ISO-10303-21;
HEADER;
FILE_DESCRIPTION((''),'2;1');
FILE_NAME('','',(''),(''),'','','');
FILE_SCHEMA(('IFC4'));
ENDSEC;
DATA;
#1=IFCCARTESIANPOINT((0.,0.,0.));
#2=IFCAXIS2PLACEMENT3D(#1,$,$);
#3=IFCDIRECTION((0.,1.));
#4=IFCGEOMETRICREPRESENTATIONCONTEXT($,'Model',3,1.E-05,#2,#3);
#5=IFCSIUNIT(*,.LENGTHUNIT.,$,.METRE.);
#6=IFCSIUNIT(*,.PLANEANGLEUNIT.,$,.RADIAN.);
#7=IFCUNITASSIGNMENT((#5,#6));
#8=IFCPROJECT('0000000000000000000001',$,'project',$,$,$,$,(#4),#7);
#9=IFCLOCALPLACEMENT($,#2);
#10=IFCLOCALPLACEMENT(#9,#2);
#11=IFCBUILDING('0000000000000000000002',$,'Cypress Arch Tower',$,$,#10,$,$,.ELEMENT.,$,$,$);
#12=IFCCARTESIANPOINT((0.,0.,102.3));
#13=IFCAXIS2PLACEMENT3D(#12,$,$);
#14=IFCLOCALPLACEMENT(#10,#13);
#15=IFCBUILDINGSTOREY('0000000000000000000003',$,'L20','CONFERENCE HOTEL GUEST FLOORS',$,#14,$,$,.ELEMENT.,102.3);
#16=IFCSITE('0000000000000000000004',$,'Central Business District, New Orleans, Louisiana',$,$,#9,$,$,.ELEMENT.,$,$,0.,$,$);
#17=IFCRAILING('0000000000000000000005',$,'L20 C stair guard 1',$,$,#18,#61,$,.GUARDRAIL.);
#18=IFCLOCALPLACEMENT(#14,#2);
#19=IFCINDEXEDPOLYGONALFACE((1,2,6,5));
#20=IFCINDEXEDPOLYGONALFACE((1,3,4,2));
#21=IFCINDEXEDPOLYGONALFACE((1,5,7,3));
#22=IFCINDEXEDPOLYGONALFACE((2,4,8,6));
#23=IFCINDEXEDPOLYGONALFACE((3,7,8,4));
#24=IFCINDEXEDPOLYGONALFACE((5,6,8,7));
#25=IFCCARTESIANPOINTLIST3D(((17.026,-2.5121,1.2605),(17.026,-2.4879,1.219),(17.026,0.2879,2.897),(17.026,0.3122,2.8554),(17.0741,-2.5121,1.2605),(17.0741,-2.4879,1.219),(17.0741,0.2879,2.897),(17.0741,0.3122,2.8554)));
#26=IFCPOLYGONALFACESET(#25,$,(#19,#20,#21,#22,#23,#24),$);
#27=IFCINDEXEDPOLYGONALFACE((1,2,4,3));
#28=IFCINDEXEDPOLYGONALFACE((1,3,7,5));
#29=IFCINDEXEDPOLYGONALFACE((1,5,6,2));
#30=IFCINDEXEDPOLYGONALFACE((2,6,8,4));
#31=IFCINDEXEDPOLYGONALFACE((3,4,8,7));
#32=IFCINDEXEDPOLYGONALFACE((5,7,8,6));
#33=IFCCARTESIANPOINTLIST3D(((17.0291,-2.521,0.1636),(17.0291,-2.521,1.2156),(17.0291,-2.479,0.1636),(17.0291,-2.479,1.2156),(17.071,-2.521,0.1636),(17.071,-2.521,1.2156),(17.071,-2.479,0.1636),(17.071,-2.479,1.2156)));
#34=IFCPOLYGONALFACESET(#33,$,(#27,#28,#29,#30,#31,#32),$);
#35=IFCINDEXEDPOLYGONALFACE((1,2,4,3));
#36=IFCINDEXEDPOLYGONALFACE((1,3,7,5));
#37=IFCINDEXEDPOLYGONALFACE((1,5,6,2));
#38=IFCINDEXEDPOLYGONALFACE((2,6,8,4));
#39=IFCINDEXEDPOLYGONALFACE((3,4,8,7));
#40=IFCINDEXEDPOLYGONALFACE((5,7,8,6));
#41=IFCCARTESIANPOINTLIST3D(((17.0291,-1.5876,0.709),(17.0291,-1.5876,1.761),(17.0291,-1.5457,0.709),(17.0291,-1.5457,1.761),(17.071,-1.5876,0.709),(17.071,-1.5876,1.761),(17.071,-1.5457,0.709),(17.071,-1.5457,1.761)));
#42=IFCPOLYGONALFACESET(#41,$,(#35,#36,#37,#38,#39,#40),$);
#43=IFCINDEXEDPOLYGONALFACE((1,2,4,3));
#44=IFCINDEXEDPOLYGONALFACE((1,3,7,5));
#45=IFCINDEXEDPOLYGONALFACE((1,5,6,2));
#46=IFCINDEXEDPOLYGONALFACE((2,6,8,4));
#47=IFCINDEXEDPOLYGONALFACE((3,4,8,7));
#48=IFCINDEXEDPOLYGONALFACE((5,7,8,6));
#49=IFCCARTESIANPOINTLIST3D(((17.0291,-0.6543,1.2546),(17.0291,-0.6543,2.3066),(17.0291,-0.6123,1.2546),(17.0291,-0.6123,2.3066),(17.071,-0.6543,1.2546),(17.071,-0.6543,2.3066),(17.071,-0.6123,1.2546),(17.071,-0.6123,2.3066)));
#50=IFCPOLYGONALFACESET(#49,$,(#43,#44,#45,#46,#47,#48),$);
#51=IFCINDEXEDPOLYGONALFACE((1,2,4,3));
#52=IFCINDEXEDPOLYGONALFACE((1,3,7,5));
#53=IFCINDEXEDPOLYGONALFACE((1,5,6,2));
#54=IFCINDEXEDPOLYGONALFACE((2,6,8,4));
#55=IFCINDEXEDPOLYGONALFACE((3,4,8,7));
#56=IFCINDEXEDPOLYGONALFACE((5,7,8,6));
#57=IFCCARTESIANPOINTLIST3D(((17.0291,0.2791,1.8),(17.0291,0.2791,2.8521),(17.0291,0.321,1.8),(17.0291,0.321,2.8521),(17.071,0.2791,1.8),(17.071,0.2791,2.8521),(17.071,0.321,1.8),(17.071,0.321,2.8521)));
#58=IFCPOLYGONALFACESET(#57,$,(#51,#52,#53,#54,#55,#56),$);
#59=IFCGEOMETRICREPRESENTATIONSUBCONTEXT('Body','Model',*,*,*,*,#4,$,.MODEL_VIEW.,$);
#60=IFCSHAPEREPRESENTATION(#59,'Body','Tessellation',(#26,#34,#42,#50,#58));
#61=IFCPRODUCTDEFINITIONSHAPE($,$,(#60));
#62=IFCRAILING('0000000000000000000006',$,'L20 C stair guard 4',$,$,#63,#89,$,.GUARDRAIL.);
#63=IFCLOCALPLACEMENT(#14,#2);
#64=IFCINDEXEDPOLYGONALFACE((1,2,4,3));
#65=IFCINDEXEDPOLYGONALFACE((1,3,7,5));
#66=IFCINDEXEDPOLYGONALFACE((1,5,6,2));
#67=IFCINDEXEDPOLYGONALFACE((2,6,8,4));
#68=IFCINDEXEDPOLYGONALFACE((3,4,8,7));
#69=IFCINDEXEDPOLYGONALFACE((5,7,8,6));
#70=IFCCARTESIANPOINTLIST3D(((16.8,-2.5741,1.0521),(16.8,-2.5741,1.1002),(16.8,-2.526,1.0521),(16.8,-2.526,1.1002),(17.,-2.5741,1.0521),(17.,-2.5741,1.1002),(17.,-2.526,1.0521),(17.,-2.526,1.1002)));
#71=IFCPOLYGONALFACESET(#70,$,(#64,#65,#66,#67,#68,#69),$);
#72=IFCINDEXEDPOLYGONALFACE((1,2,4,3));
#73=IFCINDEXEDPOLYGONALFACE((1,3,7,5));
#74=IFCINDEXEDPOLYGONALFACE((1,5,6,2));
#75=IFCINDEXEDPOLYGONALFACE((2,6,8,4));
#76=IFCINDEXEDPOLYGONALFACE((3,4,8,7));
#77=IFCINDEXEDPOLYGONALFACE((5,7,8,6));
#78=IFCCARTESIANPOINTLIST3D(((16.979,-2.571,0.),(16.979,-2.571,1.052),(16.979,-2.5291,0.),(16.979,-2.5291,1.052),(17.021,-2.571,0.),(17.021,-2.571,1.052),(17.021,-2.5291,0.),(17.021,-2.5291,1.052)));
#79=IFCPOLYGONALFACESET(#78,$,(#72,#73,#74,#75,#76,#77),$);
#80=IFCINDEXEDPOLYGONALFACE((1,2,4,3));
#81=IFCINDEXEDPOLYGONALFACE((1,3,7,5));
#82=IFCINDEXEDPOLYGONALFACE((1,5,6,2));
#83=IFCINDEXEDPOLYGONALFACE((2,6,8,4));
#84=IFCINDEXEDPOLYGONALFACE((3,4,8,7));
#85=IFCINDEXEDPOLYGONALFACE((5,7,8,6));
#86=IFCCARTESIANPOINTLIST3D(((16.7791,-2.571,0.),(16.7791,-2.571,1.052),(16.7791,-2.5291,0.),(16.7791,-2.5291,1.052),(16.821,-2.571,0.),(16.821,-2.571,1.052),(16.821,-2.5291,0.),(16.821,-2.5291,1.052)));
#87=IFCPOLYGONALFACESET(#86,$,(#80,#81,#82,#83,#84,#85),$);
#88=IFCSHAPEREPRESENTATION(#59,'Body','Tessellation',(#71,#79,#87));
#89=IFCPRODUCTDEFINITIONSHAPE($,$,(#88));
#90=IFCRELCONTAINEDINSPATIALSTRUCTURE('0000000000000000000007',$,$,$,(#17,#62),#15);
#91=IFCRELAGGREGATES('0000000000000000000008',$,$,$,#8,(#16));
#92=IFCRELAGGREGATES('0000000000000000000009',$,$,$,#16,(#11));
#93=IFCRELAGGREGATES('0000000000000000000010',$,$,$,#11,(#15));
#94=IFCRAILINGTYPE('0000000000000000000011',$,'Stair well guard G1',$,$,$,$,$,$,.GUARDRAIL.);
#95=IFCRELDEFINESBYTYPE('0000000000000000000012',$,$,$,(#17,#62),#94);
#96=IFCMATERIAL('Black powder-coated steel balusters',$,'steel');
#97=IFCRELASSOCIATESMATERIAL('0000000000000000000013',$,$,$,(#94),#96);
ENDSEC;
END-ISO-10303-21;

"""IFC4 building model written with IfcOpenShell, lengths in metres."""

from ifc_helpers import new_model, si_unit, direction, frame, origin, origin_2d, place, context, subcontext, project, spatial, rectangle, extrude, material, type_object, element, save


model = new_model("IFC4")

# Units and contexts
model_context = context("Model", 3, precision=1e-05, world=origin(), true_north=direction((0.0, 1.0)))
body_context = subcontext(model_context, "Body", "Model", "MODEL_VIEW")
ifc_project = project(units=[si_unit("LENGTHUNIT", "METRE"), si_unit("PLANEANGLEUNIT", "RADIAN")], contexts=[model_context])

# Site, building, storey
site_placement = place(None, origin())
site = spatial("IfcSite", under=ifc_project, at=site_placement, Name="Central Business District, New Orleans, Louisiana", CompositionType="ELEMENT", RefElevation=0.0)
building_placement = place(site_placement, origin())
building = spatial("IfcBuilding", under=site, at=building_placement, Name="Cypress Arch Tower", CompositionType="ELEMENT")
storey_placement = place(building_placement, frame((0.0, 0.0, 102.3)))
storey = spatial("IfcBuildingStorey", under=building, at=storey_placement, Name="L20", Description="CONFERENCE HOTEL GUEST FLOORS", CompositionType="ELEMENT", Elevation=102.3)

# Railings
ifc_material_1 = material(Name="Black powder-coated steel balusters", Category="steel")
railing_type_1 = type_object("IfcRailingType", Name="Stair well guard G1", PredefinedType="GUARDRAIL", material=ifc_material_1)
railing_1_placement = place(storey_placement, frame((17.05, -2.5, 0.1636)))
element("IfcRailing", 1, at=railing_1_placement, inside=storey, type_object=railing_type_1, Name="L20 C stair guard 1", PredefinedType="GUARDRAIL", context=body_context, shape_type="SweptSolid", body=[
    extrude(rectangle(XDim=0.0481, YDim=0.0481, at=origin_2d()), frame((0.0, 0.0, 1.0762), z_axis=(0.0, 0.863361, 0.504587), x_axis=(-1.0, 0.0, 0.0)), (0.0, 0.0, 1.0), 3.2432),
    extrude(rectangle(XDim=0.042, YDim=0.042, at=origin_2d()), origin(), (0.0, 0.0, 1.0), 1.052),
    extrude(rectangle(XDim=0.042, YDim=0.042, at=origin_2d()), frame((0.0, 0.9333, 0.5454)), (0.0, 0.0, 1.0), 1.052),
    extrude(rectangle(XDim=0.042, YDim=0.042, at=origin_2d()), frame((0.0, 1.8667, 1.0911)), (0.0, 0.0, 1.0), 1.052),
    extrude(rectangle(XDim=0.042, YDim=0.042, at=origin_2d()), frame((0.0, 2.8, 1.6365)), (0.0, 0.0, 1.0), 1.052),
])
railing_2_placement = place(storey_placement, frame((17.0, -2.55, 0.0)))
element("IfcRailing", 2, at=railing_2_placement, inside=storey, type_object=railing_type_1, Name="L20 C stair guard 4", PredefinedType="GUARDRAIL", context=body_context, shape_type="SweptSolid", body=[
    extrude(rectangle(XDim=0.0481, YDim=0.0481, at=origin_2d()), frame((0.0, 0.0, 1.0762), z_axis=(-1.0, 0.0, 0.0), x_axis=(0.0, -1.0, 0.0)), (0.0, 0.0, 1.0), 0.2),
    extrude(rectangle(XDim=0.042, YDim=0.042, at=origin_2d()), origin(), (0.0, 0.0, 1.0), 1.052),
    extrude(rectangle(XDim=0.042, YDim=0.042, at=origin_2d()), frame((-0.2, 0.0, 0.0)), (0.0, 0.0, 1.0), 1.052),
])

save(model, "model.ifc")
